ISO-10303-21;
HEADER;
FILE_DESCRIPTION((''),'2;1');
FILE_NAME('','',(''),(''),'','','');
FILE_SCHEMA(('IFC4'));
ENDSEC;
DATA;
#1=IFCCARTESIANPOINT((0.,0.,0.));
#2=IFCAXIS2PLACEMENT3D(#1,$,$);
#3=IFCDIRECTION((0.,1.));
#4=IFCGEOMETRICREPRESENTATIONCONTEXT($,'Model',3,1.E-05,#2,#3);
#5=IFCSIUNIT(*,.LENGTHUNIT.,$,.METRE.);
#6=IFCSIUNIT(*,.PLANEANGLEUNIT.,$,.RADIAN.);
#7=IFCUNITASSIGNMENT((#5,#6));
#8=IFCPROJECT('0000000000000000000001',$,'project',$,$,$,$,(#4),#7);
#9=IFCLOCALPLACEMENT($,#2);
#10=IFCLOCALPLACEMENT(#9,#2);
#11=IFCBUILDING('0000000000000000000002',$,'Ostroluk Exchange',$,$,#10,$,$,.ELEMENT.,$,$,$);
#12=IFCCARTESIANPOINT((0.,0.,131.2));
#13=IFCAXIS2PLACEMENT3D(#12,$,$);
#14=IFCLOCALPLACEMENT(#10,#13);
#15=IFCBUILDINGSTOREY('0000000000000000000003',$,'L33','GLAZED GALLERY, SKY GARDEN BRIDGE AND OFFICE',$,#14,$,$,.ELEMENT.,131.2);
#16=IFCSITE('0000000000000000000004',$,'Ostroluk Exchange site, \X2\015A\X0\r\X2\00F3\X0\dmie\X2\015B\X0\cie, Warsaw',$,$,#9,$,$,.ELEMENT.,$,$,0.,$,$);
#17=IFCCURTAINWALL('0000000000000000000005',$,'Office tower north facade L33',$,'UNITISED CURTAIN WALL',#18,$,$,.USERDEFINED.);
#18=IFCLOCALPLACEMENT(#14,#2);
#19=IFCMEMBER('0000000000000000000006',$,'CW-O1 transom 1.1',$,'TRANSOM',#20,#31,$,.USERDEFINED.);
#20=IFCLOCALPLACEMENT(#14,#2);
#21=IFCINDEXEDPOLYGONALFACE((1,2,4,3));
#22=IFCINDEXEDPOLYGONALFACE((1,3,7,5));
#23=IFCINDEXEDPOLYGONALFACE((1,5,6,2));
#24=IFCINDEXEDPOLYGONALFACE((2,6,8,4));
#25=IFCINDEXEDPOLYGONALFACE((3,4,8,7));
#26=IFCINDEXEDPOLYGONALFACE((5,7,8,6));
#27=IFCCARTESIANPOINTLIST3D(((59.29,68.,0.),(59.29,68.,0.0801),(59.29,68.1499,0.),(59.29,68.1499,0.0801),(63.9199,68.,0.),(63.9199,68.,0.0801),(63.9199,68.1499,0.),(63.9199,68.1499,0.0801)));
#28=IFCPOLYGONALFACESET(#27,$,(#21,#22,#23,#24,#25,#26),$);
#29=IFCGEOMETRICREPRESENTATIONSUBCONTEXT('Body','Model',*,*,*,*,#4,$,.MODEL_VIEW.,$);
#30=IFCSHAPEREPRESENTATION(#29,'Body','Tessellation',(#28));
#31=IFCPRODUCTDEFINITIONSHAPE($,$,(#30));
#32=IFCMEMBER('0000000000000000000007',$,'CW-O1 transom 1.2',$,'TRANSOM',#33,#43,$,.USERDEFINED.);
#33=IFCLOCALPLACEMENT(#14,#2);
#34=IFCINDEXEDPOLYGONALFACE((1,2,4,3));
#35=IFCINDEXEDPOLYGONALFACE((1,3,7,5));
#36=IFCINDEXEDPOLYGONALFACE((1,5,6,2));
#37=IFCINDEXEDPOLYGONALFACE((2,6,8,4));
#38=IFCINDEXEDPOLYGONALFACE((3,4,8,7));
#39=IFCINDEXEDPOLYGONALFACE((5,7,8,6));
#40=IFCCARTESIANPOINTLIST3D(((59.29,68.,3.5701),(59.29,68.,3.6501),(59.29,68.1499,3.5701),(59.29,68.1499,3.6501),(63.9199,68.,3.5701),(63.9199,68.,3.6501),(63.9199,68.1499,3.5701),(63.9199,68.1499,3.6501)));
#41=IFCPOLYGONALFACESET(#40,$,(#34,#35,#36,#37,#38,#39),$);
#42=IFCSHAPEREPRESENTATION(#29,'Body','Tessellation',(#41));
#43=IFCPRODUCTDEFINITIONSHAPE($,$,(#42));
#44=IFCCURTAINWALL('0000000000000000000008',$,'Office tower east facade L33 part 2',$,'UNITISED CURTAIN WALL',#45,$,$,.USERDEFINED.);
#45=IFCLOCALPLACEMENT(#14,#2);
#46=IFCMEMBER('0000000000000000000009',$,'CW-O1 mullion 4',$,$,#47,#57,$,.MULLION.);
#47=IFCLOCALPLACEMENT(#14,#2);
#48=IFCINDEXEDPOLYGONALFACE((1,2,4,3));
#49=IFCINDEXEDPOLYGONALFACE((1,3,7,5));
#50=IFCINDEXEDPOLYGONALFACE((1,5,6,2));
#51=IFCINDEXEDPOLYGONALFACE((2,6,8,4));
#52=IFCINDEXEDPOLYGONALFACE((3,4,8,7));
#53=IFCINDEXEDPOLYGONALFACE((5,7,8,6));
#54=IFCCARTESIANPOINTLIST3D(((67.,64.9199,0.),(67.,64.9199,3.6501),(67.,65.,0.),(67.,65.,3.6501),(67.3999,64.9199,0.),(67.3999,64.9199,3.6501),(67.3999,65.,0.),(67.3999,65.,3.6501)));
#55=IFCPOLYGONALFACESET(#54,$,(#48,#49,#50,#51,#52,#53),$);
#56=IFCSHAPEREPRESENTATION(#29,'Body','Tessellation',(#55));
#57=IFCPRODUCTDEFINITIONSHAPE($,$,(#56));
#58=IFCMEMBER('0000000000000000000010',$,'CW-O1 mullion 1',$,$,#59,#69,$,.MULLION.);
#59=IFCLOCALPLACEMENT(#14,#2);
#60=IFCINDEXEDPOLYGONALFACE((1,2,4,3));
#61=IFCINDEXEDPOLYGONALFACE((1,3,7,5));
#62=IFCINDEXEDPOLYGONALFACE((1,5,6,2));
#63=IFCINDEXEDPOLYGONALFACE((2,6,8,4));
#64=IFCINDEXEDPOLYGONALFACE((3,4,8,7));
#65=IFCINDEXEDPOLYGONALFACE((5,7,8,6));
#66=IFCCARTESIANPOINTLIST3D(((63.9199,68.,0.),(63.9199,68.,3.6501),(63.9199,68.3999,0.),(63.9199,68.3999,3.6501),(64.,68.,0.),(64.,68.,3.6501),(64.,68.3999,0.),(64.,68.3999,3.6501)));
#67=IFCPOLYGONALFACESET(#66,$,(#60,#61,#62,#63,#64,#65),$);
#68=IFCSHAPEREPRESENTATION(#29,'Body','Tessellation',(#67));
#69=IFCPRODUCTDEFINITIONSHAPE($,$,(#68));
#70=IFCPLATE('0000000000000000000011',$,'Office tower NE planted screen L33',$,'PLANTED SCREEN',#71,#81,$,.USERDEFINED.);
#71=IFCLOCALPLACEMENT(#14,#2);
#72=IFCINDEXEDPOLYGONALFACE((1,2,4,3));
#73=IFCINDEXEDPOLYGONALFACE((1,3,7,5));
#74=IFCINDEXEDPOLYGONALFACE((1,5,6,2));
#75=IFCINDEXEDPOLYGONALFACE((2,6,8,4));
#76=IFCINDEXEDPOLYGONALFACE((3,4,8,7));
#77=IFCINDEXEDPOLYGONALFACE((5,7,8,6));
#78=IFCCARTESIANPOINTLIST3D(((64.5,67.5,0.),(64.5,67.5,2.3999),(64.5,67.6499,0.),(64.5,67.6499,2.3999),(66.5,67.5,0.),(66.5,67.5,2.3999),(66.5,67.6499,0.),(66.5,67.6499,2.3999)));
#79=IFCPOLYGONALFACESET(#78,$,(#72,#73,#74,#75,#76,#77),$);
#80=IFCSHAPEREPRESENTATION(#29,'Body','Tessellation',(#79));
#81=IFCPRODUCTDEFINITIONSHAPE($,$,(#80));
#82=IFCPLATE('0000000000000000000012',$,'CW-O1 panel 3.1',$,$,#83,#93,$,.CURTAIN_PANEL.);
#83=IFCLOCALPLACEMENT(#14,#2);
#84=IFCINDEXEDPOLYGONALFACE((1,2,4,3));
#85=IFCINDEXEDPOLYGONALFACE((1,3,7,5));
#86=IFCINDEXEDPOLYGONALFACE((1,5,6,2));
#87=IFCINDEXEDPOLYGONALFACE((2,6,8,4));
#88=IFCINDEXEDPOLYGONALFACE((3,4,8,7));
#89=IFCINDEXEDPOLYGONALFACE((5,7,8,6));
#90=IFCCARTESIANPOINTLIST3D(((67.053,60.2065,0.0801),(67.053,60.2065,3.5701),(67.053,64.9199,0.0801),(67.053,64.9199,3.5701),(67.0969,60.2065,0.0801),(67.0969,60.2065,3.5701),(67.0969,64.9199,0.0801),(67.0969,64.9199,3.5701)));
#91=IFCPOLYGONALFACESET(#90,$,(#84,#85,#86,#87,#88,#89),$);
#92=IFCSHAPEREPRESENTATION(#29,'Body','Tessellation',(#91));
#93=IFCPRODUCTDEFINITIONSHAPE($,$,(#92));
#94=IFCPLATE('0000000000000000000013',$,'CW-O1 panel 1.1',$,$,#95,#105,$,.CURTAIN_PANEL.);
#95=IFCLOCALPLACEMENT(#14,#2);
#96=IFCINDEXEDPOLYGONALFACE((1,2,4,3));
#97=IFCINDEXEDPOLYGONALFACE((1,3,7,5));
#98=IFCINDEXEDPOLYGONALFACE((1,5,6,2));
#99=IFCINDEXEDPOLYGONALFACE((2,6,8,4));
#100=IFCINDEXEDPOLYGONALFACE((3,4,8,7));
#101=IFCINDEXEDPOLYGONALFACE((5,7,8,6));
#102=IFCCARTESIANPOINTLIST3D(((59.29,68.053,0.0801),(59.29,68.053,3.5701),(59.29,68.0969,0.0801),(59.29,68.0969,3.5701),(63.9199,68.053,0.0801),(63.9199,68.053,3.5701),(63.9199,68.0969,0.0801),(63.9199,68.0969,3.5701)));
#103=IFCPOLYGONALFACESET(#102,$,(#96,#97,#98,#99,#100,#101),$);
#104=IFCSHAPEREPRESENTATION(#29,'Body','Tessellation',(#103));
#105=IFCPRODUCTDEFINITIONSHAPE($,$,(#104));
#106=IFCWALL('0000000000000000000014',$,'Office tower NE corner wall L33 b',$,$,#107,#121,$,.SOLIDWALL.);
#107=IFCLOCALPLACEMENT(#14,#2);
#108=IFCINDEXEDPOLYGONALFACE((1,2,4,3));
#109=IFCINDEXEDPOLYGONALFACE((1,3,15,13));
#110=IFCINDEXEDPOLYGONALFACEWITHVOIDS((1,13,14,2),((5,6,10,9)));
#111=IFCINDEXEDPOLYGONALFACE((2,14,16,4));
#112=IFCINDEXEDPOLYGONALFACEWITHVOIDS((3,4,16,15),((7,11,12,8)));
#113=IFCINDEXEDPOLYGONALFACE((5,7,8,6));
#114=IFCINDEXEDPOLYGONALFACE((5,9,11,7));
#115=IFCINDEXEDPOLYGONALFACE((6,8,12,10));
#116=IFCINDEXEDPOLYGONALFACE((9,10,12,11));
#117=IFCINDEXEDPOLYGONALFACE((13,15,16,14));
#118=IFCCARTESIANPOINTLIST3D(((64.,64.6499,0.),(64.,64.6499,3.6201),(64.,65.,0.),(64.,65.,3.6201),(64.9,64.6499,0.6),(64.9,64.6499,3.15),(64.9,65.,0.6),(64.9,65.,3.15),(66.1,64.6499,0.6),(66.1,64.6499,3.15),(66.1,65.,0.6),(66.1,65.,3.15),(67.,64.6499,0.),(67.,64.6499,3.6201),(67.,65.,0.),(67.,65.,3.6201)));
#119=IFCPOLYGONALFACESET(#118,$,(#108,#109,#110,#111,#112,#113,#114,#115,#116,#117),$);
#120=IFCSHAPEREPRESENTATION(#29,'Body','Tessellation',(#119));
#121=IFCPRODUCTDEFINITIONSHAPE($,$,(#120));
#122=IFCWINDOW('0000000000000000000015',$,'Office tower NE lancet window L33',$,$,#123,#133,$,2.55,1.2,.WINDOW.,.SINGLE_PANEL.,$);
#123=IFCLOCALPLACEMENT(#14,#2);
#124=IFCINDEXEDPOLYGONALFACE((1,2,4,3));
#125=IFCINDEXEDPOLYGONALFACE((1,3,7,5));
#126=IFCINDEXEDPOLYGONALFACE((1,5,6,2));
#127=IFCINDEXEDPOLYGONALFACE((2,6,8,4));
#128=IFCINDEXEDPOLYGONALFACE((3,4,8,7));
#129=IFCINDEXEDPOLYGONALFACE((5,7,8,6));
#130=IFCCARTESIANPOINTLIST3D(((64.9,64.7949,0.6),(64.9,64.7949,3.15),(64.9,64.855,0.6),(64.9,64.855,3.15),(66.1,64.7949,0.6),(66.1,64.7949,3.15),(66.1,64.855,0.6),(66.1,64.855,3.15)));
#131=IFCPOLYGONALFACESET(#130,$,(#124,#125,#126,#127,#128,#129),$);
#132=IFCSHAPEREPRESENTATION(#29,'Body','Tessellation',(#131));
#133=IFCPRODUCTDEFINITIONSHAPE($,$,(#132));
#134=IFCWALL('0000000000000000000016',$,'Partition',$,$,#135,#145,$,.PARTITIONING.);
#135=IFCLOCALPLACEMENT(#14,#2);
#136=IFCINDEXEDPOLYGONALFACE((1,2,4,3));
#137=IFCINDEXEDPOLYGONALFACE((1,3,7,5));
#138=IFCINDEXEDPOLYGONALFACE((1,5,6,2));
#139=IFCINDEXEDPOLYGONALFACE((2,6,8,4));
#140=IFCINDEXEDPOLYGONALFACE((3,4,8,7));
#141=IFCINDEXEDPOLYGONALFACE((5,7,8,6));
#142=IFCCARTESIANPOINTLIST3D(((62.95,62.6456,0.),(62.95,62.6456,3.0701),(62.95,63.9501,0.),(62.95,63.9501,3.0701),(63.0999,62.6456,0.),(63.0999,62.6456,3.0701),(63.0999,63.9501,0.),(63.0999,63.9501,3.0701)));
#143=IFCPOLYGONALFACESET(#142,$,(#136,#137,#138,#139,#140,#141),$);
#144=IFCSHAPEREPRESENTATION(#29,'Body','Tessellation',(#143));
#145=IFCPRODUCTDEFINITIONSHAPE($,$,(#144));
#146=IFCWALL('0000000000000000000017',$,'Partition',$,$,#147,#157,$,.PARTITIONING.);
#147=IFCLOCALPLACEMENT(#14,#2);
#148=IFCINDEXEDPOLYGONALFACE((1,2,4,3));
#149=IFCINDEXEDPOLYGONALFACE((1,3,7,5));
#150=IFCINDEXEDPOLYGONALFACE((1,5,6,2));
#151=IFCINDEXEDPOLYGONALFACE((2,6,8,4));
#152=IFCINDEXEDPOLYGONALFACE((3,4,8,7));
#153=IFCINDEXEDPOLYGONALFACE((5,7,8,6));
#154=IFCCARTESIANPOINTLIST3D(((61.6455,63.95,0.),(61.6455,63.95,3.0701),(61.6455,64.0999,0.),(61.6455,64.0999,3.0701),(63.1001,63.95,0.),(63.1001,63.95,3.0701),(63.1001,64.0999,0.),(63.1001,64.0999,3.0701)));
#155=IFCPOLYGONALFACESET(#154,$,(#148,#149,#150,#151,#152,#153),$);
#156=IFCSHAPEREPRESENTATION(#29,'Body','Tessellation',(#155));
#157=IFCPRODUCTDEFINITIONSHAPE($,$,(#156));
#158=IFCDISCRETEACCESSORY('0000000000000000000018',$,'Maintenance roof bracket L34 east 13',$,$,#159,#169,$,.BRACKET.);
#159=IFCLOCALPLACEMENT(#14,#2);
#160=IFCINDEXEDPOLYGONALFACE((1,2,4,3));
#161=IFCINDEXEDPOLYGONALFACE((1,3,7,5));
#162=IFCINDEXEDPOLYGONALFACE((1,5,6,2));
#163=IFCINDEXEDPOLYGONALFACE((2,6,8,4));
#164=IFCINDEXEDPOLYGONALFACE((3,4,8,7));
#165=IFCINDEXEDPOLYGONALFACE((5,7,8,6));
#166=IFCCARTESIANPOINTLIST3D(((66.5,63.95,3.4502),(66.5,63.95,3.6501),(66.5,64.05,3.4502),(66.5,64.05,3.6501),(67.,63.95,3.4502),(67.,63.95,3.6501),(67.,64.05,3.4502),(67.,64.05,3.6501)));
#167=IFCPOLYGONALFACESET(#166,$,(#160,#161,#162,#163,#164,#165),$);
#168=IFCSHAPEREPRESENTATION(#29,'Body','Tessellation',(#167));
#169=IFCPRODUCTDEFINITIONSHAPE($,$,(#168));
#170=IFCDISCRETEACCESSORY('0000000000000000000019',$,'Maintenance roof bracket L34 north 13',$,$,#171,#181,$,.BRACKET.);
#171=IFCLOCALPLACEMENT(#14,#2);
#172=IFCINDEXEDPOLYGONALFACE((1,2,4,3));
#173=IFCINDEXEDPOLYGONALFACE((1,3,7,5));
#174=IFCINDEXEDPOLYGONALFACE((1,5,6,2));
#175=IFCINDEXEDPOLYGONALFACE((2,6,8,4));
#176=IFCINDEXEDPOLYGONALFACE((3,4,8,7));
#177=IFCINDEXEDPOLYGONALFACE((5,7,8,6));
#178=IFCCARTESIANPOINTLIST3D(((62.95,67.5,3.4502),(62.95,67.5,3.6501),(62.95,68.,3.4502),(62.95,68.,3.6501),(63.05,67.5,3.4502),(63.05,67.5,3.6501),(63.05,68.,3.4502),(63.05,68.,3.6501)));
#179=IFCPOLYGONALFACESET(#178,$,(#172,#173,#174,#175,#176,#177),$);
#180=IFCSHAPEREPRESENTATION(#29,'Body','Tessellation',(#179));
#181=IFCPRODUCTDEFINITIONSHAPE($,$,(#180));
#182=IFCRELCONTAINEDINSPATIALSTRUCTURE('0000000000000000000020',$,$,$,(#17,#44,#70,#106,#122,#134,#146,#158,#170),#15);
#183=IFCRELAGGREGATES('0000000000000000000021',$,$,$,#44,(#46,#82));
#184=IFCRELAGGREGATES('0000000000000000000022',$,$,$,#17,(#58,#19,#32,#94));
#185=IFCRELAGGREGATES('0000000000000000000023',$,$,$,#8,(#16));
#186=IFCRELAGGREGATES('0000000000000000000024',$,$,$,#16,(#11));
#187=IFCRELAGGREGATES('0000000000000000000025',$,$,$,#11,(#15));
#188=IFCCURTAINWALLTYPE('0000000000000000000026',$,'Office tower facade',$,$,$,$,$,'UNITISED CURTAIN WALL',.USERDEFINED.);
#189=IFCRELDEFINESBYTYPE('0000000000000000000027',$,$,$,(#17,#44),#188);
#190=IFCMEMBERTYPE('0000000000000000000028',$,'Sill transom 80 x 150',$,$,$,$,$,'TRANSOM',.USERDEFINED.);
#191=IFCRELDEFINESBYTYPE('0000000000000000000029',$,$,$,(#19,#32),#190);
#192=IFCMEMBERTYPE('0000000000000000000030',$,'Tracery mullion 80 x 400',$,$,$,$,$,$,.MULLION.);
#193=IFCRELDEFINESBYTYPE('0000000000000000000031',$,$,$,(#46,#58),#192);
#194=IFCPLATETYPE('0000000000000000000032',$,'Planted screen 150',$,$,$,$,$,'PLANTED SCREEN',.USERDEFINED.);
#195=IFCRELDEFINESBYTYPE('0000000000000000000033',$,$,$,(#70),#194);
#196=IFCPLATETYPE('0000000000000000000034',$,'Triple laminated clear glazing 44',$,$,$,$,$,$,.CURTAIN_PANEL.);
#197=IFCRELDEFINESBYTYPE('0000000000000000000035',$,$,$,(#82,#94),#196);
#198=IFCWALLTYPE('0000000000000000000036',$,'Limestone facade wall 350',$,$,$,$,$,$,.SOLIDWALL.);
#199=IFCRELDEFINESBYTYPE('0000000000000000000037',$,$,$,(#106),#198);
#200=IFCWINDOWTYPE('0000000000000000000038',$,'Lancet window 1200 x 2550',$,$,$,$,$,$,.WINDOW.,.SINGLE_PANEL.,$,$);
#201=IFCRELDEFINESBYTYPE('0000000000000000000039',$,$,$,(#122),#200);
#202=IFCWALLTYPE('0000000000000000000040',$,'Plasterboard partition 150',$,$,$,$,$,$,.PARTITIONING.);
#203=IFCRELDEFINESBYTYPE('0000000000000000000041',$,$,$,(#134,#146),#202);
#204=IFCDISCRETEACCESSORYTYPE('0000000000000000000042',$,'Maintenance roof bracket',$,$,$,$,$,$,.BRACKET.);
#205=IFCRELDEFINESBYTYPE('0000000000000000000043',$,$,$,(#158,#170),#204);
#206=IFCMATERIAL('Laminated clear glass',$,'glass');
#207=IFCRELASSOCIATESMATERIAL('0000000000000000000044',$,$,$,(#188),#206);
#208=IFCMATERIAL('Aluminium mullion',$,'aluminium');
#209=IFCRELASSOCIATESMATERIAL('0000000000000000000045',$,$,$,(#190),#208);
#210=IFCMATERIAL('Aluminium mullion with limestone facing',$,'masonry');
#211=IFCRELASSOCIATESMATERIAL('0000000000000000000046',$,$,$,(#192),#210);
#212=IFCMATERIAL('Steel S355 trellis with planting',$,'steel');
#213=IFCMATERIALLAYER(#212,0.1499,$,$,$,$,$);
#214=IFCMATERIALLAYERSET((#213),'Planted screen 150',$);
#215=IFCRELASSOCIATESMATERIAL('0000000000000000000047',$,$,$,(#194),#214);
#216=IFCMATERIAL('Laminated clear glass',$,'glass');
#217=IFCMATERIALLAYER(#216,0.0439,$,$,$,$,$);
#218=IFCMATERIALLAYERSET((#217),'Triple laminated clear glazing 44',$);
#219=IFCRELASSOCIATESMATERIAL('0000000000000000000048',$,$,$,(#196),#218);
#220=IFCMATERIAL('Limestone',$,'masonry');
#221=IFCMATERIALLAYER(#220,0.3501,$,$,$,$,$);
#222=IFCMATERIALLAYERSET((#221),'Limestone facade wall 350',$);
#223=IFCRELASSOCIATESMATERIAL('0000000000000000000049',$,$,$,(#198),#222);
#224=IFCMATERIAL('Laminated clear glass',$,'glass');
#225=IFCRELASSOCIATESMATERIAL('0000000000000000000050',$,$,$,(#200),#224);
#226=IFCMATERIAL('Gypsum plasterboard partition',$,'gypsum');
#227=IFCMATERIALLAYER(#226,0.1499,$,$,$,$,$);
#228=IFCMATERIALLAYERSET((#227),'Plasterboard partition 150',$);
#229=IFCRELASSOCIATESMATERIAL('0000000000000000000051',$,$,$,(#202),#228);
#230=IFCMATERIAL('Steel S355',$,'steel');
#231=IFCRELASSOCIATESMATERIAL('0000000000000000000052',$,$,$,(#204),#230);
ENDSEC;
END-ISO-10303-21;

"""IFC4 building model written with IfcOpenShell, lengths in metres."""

from ifc_helpers import new_model, si_unit, direction, frame, frame_2d, origin, origin_2d, place, context, subcontext, project, spatial, rectangle, extrude, material, layer, layer_set, material_profile, profile_set, type_object, element, fill, aggregate, save


model = new_model("IFC4")

# Units and contexts
model_context = context("Model", 3, precision=1e-05, world=origin(), true_north=direction((0.0, 1.0)))
body_context = subcontext(model_context, "Body", "Model", "MODEL_VIEW")
ifc_project = project(units=[si_unit("LENGTHUNIT", "METRE"), si_unit("PLANEANGLEUNIT", "RADIAN")], contexts=[model_context])

# Site, building, storey
site_placement = place(None, origin())
site = spatial("IfcSite", under=ifc_project, at=site_placement, Name="Ostroluk Exchange site, Śródmieście, Warsaw", CompositionType="ELEMENT", RefElevation=0.0)
building_placement = place(site_placement, origin())
building = spatial("IfcBuilding", under=site, at=building_placement, Name="Ostroluk Exchange", CompositionType="ELEMENT")
storey_placement = place(building_placement, frame((0.0, 0.0, 131.2)))
storey = spatial("IfcBuildingStorey", under=building, at=storey_placement, Name="L33", Description="GLAZED GALLERY, SKY GARDEN BRIDGE AND OFFICE", CompositionType="ELEMENT", Elevation=131.2)

# Curtain wall, members
ifc_material_1 = material(Name="Laminated clear glass", Category="glass")
curtain_wall_type = type_object("IfcCurtainWallType", Name="Office tower facade", ElementType="UNITISED CURTAIN WALL", PredefinedType="USERDEFINED", material=ifc_material_1)
curtain_wall_1_placement = place(storey_placement, origin())
curtain_wall_1 = element("IfcCurtainWall", 1, at=curtain_wall_1_placement, inside=storey, type_object=curtain_wall_type, Name="Office tower north facade L33", ObjectType="UNITISED CURTAIN WALL", PredefinedType="USERDEFINED")
ifc_material_2 = material(Name="Aluminium mullion", Category="aluminium")
ifc_material_profile_1 = material_profile(ifc_material_2, rectangle(XDim=0.1499, YDim=0.0801, at=origin_2d()), Name="Sill transom 80 x 150")
ifc_profile_set_1 = profile_set([ifc_material_profile_1], Name="Aluminium mullion")
member_type_1 = type_object("IfcMemberType", Name="Sill transom 80 x 150", ElementType="TRANSOM", PredefinedType="USERDEFINED", material=ifc_profile_set_1)
member_1_placement = place(storey_placement, frame((63.9199, 68.075, 0.04), z_axis=(-1.0, 0.0, 0.0), x_axis=(0.0, -1.0, 0.0)))
member_1 = element("IfcMember", 2, at=member_1_placement, type_object=member_type_1, Name="CW-O1 transom 1.1", ObjectType="TRANSOM", PredefinedType="USERDEFINED", context=body_context, shape_type="SweptSolid", body=[
    extrude(rectangle(XDim=0.1499, YDim=0.0801, at=origin_2d()), origin(), (0.0, 0.0, 1.0), 4.6299),
])
member_2_placement = place(storey_placement, frame((63.9199, 68.075, 3.6101), z_axis=(-1.0, 0.0, 0.0), x_axis=(0.0, -1.0, 0.0)))
member_2 = element("IfcMember", 3, at=member_2_placement, type_object=member_type_1, Name="CW-O1 transom 1.2", ObjectType="TRANSOM", PredefinedType="USERDEFINED", context=body_context, shape_type="SweptSolid", body=[
    extrude(rectangle(XDim=0.1499, YDim=0.0801, at=origin_2d()), origin(), (0.0, 0.0, 1.0), 4.6299),
])

# Curtain wall, member
curtain_wall_2_placement = place(storey_placement, origin())
curtain_wall_2 = element("IfcCurtainWall", 4, at=curtain_wall_2_placement, inside=storey, type_object=curtain_wall_type, Name="Office tower east facade L33 part 2", ObjectType="UNITISED CURTAIN WALL", PredefinedType="USERDEFINED")
ifc_material_3 = material(Name="Aluminium mullion with limestone facing", Category="masonry")
ifc_material_profile_2 = material_profile(ifc_material_3, rectangle(XDim=0.3999, YDim=0.0801, at=origin_2d()), Name="Tracery mullion 80 x 400")
ifc_profile_set_2 = profile_set([ifc_material_profile_2], Name="Aluminium mullion with limestone facing")
member_type_2 = type_object("IfcMemberType", Name="Tracery mullion 80 x 400", PredefinedType="MULLION", material=ifc_profile_set_2)
member_3_placement = place(storey_placement, frame((67.2, 64.96, 0.0), z_axis=(0.0, 0.0, 1.0), x_axis=(-1.0, 0.0, 0.0)))
member_3 = element("IfcMember", 5, at=member_3_placement, type_object=member_type_2, Name="CW-O1 mullion 4", PredefinedType="MULLION", context=body_context, shape_type="SweptSolid", body=[
    extrude(rectangle(XDim=0.3999, YDim=0.0801, at=origin_2d()), origin(), (0.0, 0.0, 1.0), 3.6501),
])

# Member
member_4_placement = place(storey_placement, frame((63.96, 68.2, 0.0), z_axis=(0.0, 0.0, 1.0), x_axis=(0.0, -1.0, 0.0)))
member_4 = element("IfcMember", 6, at=member_4_placement, type_object=member_type_2, Name="CW-O1 mullion 1", PredefinedType="MULLION", context=body_context, shape_type="SweptSolid", body=[
    extrude(rectangle(XDim=0.3999, YDim=0.0801, at=origin_2d()), origin(), (0.0, 0.0, 1.0), 3.6501),
])

# Plates
ifc_material_4 = material(Name="Steel S355 trellis with planting", Category="steel")
ifc_layer_1 = layer(ifc_material_4, 0.1499)
ifc_layer_set_1 = layer_set([ifc_layer_1], Name="Planted screen 150")
plate_type_1 = type_object("IfcPlateType", Name="Planted screen 150", ElementType="PLANTED SCREEN", PredefinedType="USERDEFINED", material=ifc_layer_set_1)
plate_1_placement = place(storey_placement, frame((65.5, 67.575, 0.0), z_axis=(0.0, 0.0, 1.0), x_axis=(1.0, 0.0, 0.0)))
element("IfcPlate", 7, at=plate_1_placement, inside=storey, type_object=plate_type_1, Name="Office tower NE planted screen L33", ObjectType="PLANTED SCREEN", PredefinedType="USERDEFINED", context=body_context, shape_type="SweptSolid", body=[
    extrude(rectangle(XDim=2.0, YDim=0.1499, at=origin_2d()), origin(), (0.0, 0.0, 1.0), 2.3999),
])
ifc_material_5 = material(Name="Laminated clear glass", Category="glass")
ifc_layer_2 = layer(ifc_material_5, 0.0439)
ifc_layer_set_2 = layer_set([ifc_layer_2], Name="Triple laminated clear glazing 44")
plate_type_2 = type_object("IfcPlateType", Name="Triple laminated clear glazing 44", PredefinedType="CURTAIN_PANEL", material=ifc_layer_set_2)
plate_2_placement = place(storey_placement, frame((67.075, 62.5632, 0.0801), z_axis=(0.0, 0.0, 1.0), x_axis=(0.0, 1.0, 0.0)))
plate_2 = element("IfcPlate", 8, at=plate_2_placement, type_object=plate_type_2, Name="CW-O1 panel 3.1", PredefinedType="CURTAIN_PANEL", context=body_context, shape_type="SweptSolid", body=[
    extrude(rectangle(XDim=4.7134, YDim=0.0439, at=origin_2d()), origin(), (0.0, 0.0, 1.0), 3.49),
])
aggregate(curtain_wall_2, [member_3, plate_2])
plate_3_placement = place(storey_placement, frame((61.605, 68.075, 0.0801), z_axis=(0.0, 0.0, 1.0), x_axis=(-1.0, 0.0, 0.0)))
plate_3 = element("IfcPlate", 9, at=plate_3_placement, type_object=plate_type_2, Name="CW-O1 panel 1.1", PredefinedType="CURTAIN_PANEL", context=body_context, shape_type="SweptSolid", body=[
    extrude(rectangle(XDim=4.6299, YDim=0.0439, at=origin_2d()), origin(), (0.0, 0.0, 1.0), 3.49),
])
aggregate(curtain_wall_1, [member_4, member_1, member_2, plate_3])

# Shared definitions
ifc_material_6 = material(Name="Limestone", Category="masonry")
ifc_layer_3 = layer(ifc_material_6, 0.3501)
ifc_layer_set_3 = layer_set([ifc_layer_3], Name="Limestone facade wall 350")
wall_type_1 = type_object("IfcWallType", Name="Limestone facade wall 350", PredefinedType="SOLIDWALL", material=ifc_layer_set_3)

# Wall, opening, window
wall_1_placement = place(storey_placement, frame((64.0, 64.825, 0.0), z_axis=(0.0, 0.0, 1.0), x_axis=(1.0, 0.0, 0.0)))
wall_1 = element("IfcWall", 10, at=wall_1_placement, inside=storey, type_object=wall_type_1, Name="Office tower NE corner wall L33 b", PredefinedType="SOLIDWALL", context=body_context, shape_type="SweptSolid", body=[
    extrude(rectangle(XDim=3.0, YDim=0.3501, at=frame_2d((1.5, 0.0))), origin(), (0.0, 0.0, 1.0), 3.6201),
])
opening_1_placement = place(wall_1_placement, frame((0.8999, 0.0, 0.6001)))
opening_1 = element("IfcOpeningElement", 11, at=opening_1_placement, cuts=wall_1, PredefinedType="OPENING", context=body_context, shape_type="SweptSolid", body=[
    extrude(rectangle(XDim=1.2, YDim=2.55, at=frame_2d((0.6001, 1.2749))), frame((0.0, 0.1851, 0.0), z_axis=(0.0, -1.0, 0.0), x_axis=(1.0, 0.0, 0.0)), (0.0, 0.0, 1.0), 0.3701),
])
ifc_material_7 = material(Name="Laminated clear glass", Category="glass")
window_type = type_object("IfcWindowType", Name="Lancet window 1200 x 2550", PartitioningType="SINGLE_PANEL", PredefinedType="WINDOW", material=ifc_material_7)
window_placement = place(opening_1_placement, origin())
window = element("IfcWindow", 12, at=window_placement, inside=storey, type_object=window_type, Name="Office tower NE lancet window L33", OverallHeight=2.55, OverallWidth=1.2, PartitioningType="SINGLE_PANEL", PredefinedType="WINDOW", context=body_context, shape_type="SweptSolid", body=[
    extrude(rectangle(XDim=1.2, YDim=2.55, at=frame_2d((0.6001, 1.2749))), frame((0.0, 0.03, 0.0), z_axis=(0.0, -1.0, 0.0), x_axis=(1.0, 0.0, 0.0)), (0.0, 0.0, 1.0), 0.0601),
])
fill(opening_1, window)

# Walls
ifc_material_8 = material(Name="Gypsum plasterboard partition", Category="gypsum")
ifc_layer_4 = layer(ifc_material_8, 0.1499)
ifc_layer_set_4 = layer_set([ifc_layer_4], Name="Plasterboard partition 150")
wall_type_2 = type_object("IfcWallType", Name="Plasterboard partition 150", PredefinedType="PARTITIONING", material=ifc_layer_set_4)
wall_2_placement = place(storey_placement, frame((63.0249, 62.6455, 0.0), z_axis=(0.0, 0.0, 1.0), x_axis=(0.0, 1.0, 0.0)))
element("IfcWall", 13, at=wall_2_placement, inside=storey, type_object=wall_type_2, Name="Partition", PredefinedType="PARTITIONING", context=body_context, shape_type="SweptSolid", body=[
    extrude(rectangle(XDim=1.3044, YDim=0.1499, at=frame_2d((0.6523, 0.0))), origin(), (0.0, 0.0, 1.0), 3.0701),
])
wall_3_placement = place(storey_placement, frame((63.1001, 64.0249, 0.0), z_axis=(0.0, 0.0, 1.0), x_axis=(-1.0, 0.0, 0.0)))
element("IfcWall", 14, at=wall_3_placement, inside=storey, type_object=wall_type_2, Name="Partition", PredefinedType="PARTITIONING", context=body_context, shape_type="SweptSolid", body=[
    extrude(rectangle(XDim=1.4546, YDim=0.1499, at=frame_2d((0.7273, 0.0))), origin(), (0.0, 0.0, 1.0), 3.0701),
])

# Discrete accessories
ifc_material_9 = material(Name="Steel S355", Category="steel")
discrete_accessory_type = type_object("IfcDiscreteAccessoryType", Name="Maintenance roof bracket", PredefinedType="BRACKET", material=ifc_material_9)
discrete_accessory_1_placement = place(storey_placement, frame((66.75, 64.0, 3.4502), z_axis=(0.0, 0.0, 1.0), x_axis=(1.0, 0.0, 0.0)))
element("IfcDiscreteAccessory", 15, at=discrete_accessory_1_placement, inside=storey, type_object=discrete_accessory_type, Name="Maintenance roof bracket L34 east 13", PredefinedType="BRACKET", context=body_context, shape_type="SweptSolid", body=[
    extrude(rectangle(XDim=0.5, YDim=0.1001, at=origin_2d()), origin(), (0.0, 0.0, 1.0), 0.2),
])
discrete_accessory_2_placement = place(storey_placement, frame((63.0, 67.75, 3.4502), z_axis=(0.0, 0.0, 1.0), x_axis=(1.0, 0.0, 0.0)))
element("IfcDiscreteAccessory", 16, at=discrete_accessory_2_placement, inside=storey, type_object=discrete_accessory_type, Name="Maintenance roof bracket L34 north 13", PredefinedType="BRACKET", context=body_context, shape_type="SweptSolid", body=[
    extrude(rectangle(XDim=0.1001, YDim=0.5, at=origin_2d()), origin(), (0.0, 0.0, 1.0), 0.2),
])

save(model, "model.ifc")
